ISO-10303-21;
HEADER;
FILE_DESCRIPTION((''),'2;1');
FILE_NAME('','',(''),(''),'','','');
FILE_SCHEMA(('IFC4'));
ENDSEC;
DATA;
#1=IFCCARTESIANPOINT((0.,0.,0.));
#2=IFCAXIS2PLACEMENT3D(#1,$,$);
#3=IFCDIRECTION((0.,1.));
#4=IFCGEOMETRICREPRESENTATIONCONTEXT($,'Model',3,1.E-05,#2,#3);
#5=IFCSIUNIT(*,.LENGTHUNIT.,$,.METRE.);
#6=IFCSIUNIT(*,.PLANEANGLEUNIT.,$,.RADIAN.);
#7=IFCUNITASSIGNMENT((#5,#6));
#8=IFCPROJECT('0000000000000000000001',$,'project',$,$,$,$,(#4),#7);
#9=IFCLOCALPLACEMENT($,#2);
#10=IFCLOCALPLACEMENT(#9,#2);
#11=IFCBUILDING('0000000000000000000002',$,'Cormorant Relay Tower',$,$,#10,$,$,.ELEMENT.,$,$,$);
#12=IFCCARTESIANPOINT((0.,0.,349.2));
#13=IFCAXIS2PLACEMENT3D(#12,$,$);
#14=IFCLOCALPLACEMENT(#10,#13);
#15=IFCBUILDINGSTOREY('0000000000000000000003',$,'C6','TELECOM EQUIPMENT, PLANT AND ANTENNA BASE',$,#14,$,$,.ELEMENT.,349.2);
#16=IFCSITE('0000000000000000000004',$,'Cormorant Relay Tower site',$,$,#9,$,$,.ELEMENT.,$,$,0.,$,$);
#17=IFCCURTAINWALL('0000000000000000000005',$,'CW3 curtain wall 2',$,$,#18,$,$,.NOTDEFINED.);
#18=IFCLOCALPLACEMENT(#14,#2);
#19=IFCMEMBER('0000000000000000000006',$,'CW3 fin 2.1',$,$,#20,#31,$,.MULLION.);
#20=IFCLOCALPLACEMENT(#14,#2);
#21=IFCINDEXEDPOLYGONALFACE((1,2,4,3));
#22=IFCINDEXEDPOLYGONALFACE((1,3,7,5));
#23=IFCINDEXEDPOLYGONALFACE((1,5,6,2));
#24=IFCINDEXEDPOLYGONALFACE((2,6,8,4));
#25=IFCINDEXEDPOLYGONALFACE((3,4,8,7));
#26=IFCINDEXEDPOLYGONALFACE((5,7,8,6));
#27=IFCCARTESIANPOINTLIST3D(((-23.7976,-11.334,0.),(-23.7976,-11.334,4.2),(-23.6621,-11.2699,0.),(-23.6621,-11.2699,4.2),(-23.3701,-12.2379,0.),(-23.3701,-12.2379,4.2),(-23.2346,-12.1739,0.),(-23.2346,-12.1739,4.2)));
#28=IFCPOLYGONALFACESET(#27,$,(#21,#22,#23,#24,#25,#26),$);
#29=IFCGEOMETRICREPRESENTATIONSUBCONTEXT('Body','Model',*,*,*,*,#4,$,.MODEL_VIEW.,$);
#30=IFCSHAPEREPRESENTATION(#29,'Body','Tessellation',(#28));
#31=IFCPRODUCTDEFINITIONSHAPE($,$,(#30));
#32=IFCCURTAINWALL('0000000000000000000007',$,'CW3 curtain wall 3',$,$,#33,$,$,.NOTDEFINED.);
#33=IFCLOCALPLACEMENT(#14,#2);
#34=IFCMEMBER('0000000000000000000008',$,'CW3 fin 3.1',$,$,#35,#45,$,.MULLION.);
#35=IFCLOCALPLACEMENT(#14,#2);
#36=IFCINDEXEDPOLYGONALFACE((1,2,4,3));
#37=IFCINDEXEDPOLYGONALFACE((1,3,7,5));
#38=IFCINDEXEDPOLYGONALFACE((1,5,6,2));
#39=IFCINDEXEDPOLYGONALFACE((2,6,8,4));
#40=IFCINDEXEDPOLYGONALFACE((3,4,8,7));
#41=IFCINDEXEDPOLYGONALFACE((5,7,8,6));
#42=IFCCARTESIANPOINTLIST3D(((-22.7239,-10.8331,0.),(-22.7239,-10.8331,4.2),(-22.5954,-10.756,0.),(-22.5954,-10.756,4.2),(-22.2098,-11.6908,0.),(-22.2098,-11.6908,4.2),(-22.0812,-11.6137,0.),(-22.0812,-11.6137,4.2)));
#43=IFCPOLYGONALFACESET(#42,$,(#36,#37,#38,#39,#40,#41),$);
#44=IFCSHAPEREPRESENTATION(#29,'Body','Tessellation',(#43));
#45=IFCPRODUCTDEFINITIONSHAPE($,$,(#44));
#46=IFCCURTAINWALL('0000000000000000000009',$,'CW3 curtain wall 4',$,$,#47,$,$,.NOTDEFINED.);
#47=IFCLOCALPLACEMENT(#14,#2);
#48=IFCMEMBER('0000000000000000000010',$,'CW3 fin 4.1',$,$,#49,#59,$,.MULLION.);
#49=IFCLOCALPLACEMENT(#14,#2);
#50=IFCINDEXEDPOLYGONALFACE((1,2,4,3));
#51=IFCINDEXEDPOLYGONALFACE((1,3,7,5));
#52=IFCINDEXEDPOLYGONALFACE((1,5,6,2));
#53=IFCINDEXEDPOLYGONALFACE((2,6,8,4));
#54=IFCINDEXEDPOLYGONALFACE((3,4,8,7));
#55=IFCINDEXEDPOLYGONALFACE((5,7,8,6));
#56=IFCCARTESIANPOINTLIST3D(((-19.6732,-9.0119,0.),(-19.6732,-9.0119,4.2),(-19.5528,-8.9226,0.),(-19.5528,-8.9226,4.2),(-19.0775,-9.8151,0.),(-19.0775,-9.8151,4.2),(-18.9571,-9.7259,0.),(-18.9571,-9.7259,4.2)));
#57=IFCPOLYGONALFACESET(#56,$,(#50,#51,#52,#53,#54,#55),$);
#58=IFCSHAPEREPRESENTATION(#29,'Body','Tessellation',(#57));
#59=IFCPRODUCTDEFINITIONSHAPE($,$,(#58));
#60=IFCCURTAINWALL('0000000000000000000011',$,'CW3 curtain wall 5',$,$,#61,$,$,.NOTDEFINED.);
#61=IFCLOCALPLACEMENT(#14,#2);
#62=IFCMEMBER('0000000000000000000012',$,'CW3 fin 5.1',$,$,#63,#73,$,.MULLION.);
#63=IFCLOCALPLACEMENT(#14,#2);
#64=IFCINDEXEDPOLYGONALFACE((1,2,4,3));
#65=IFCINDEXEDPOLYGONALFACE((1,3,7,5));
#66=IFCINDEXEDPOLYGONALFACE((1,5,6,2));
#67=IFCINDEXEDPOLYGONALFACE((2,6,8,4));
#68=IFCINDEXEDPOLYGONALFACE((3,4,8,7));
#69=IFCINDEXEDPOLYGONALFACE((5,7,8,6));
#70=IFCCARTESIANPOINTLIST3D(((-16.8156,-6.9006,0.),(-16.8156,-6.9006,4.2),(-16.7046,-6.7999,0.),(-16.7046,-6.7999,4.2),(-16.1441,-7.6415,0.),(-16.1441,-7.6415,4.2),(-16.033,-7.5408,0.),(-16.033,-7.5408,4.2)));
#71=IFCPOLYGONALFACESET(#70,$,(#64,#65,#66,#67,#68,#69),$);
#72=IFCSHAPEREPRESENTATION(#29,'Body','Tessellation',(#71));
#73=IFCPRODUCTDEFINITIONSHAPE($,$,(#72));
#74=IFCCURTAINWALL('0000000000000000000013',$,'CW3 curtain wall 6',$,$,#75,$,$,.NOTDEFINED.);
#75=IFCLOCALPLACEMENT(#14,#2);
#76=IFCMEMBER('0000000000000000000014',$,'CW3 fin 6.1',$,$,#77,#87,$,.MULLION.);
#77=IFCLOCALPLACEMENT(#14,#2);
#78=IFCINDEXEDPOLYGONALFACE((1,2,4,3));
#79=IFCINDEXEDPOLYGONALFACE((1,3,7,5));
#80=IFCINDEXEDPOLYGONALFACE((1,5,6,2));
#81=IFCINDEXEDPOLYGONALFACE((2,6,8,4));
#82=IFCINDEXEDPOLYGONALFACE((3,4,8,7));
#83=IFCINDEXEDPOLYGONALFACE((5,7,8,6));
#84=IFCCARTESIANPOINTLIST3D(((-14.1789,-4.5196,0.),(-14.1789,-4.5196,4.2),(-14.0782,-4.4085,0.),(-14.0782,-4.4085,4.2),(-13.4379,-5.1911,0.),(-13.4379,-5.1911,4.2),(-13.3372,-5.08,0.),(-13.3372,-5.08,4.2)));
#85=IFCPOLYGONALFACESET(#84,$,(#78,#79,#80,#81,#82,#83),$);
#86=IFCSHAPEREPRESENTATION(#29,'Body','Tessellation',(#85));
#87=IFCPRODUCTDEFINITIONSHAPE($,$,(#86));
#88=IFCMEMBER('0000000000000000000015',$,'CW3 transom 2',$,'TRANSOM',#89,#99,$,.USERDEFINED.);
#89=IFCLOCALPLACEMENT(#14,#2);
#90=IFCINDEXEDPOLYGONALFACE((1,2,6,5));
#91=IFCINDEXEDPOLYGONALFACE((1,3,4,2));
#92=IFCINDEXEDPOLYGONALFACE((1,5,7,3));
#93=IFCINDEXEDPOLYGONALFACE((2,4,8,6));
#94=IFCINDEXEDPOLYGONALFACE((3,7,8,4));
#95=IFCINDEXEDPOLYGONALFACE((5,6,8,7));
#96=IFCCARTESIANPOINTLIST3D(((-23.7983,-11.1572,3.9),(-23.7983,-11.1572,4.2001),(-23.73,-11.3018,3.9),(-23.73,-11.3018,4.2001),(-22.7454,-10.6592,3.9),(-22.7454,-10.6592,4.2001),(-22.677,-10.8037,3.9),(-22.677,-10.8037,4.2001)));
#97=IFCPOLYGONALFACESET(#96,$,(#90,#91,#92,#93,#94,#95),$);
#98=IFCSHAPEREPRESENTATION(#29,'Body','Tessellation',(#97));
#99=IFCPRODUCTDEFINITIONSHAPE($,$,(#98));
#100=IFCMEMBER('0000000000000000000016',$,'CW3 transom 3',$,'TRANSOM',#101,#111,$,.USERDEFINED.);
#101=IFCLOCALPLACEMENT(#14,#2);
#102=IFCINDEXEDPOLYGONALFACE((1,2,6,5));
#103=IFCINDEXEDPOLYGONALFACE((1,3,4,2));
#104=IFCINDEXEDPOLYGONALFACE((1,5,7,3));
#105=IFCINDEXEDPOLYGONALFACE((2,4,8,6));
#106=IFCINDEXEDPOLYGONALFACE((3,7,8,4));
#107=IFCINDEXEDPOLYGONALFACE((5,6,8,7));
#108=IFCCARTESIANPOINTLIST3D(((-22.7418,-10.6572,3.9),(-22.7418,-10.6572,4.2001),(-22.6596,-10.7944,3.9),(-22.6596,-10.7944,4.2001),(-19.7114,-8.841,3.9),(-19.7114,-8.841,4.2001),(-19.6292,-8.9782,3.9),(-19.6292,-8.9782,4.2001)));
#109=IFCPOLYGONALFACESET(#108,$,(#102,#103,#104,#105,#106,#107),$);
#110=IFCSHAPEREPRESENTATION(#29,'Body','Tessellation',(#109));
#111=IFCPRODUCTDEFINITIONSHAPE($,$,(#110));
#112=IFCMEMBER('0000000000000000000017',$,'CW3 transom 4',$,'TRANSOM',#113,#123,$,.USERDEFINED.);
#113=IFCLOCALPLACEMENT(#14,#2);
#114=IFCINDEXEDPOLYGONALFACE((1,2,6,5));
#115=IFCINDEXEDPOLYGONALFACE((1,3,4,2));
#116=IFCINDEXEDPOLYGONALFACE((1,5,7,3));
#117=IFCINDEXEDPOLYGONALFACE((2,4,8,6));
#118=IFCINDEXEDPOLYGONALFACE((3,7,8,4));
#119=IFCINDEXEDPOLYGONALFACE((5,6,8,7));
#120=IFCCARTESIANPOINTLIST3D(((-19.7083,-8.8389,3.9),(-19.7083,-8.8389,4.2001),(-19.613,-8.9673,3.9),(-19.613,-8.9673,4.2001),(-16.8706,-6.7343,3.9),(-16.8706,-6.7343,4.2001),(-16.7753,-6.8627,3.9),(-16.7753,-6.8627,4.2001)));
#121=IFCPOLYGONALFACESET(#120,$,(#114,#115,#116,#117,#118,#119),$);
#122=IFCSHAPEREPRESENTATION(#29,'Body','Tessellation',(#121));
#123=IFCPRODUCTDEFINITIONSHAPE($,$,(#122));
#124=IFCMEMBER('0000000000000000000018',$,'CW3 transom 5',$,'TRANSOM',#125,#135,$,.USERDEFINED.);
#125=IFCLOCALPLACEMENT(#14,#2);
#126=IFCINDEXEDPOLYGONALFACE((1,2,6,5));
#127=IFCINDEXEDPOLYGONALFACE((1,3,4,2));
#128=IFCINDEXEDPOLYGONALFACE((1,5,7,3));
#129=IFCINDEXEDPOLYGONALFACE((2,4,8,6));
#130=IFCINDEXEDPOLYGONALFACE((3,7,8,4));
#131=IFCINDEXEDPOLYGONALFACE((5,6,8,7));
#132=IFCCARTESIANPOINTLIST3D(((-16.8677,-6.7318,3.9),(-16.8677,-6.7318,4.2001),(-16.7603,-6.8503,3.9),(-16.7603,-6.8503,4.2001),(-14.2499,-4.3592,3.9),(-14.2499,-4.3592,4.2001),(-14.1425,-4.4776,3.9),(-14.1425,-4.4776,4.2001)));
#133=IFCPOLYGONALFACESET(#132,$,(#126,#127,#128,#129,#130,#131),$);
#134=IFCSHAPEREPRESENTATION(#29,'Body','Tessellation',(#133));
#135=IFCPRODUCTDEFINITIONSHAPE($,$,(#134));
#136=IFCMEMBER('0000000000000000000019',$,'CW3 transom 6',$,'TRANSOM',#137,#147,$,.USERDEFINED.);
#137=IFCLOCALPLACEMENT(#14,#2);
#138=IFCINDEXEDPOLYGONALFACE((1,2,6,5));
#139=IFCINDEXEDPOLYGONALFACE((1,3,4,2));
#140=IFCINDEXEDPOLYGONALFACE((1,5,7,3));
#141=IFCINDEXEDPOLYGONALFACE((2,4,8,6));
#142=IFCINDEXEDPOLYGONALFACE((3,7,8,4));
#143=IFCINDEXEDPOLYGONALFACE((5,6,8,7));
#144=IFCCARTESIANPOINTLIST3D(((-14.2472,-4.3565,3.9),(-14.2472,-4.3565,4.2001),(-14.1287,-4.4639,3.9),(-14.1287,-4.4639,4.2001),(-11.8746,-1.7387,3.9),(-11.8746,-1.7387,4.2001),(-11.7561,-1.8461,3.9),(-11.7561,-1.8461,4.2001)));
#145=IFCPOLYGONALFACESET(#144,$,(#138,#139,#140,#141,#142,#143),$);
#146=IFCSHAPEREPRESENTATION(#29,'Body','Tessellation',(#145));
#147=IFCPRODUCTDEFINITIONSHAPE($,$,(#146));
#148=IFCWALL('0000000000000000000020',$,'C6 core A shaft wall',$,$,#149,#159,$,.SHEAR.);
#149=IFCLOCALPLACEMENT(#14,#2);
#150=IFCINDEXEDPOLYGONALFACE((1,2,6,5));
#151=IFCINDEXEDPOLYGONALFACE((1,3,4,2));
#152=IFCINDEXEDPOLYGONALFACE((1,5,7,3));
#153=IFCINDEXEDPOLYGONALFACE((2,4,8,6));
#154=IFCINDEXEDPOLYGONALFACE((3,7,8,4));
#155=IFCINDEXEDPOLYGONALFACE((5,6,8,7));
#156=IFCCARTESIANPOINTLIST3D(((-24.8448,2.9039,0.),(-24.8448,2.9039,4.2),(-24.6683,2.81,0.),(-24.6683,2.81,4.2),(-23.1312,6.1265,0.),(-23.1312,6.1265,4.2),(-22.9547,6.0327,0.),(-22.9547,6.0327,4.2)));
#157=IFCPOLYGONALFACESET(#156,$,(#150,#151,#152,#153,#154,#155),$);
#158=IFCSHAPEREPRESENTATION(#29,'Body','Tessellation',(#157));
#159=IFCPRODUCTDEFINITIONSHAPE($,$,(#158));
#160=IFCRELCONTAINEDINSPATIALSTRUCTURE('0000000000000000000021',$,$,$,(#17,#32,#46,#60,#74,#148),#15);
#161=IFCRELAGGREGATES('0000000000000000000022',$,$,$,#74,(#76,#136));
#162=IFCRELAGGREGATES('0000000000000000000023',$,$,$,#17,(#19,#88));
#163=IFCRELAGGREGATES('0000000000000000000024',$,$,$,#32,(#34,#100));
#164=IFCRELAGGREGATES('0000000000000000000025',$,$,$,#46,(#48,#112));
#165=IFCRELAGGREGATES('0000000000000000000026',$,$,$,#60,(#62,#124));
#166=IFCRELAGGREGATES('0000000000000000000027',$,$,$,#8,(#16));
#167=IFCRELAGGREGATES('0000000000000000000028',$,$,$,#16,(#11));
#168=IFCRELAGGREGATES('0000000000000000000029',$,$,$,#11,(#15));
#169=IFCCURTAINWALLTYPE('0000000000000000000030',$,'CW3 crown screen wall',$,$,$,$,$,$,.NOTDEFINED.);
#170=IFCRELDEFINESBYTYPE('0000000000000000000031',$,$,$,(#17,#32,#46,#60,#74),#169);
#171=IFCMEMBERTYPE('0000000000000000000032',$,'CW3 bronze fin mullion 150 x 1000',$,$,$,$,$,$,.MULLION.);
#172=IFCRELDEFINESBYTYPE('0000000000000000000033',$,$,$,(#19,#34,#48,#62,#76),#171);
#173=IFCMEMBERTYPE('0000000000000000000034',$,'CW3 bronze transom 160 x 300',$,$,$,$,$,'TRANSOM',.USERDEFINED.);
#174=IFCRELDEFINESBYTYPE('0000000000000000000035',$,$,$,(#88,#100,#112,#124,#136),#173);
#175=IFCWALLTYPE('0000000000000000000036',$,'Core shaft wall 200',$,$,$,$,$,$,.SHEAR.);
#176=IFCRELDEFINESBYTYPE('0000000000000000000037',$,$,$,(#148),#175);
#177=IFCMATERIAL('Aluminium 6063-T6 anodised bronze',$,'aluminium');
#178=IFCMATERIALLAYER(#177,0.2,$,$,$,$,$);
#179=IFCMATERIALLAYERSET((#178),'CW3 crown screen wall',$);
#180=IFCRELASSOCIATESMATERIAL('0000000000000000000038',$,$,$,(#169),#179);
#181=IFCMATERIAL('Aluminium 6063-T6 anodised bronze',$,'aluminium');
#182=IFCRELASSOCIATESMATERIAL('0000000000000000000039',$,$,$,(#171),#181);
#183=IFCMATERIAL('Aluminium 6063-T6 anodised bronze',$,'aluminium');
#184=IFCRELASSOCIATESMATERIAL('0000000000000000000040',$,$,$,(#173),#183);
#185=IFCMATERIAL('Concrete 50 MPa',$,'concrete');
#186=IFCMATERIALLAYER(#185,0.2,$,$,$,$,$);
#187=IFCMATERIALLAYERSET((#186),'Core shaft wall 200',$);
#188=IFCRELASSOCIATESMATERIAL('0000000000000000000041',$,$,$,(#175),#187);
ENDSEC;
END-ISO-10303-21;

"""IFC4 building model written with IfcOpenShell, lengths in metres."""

from ifc_helpers import new_model, si_unit, direction, frame, frame_2d, origin, origin_2d, place, context, subcontext, project, spatial, rectangle, extrude, material, layer, layer_set, material_profile, profile_set, type_object, element, aggregate, save


model = new_model("IFC4")

# Units and contexts
model_context = context("Model", 3, precision=1e-05, world=origin(), true_north=direction((0.0, 1.0)))
body_context = subcontext(model_context, "Body", "Model", "MODEL_VIEW")
ifc_project = project(units=[si_unit("LENGTHUNIT", "METRE"), si_unit("PLANEANGLEUNIT", "RADIAN")], contexts=[model_context])

# Site, building, storey
site_placement = place(None, origin())
site = spatial("IfcSite", under=ifc_project, at=site_placement, Name="Cormorant Relay Tower site", CompositionType="ELEMENT", RefElevation=0.0)
building_placement = place(site_placement, origin())
building = spatial("IfcBuilding", under=site, at=building_placement, Name="Cormorant Relay Tower", CompositionType="ELEMENT")
storey_placement = place(building_placement, frame((0.0, 0.0, 349.2)))
storey = spatial("IfcBuildingStorey", under=building, at=storey_placement, Name="C6", Description="TELECOM EQUIPMENT, PLANT AND ANTENNA BASE", CompositionType="ELEMENT", Elevation=349.2)

# Curtain walls, members
ifc_material_1 = material(Name="Aluminium 6063-T6 anodised bronze", Category="aluminium")
ifc_layer_1 = layer(ifc_material_1, 0.2)
ifc_layer_set_1 = layer_set([ifc_layer_1], Name="CW3 crown screen wall")
curtain_wall_type = type_object("IfcCurtainWallType", Name="CW3 crown screen wall", PredefinedType="NOTDEFINED", material=ifc_layer_set_1)
curtain_wall_1_placement = place(storey_placement, origin())
curtain_wall_1 = element("IfcCurtainWall", 1, at=curtain_wall_1_placement, inside=storey, type_object=curtain_wall_type, Name="CW3 curtain wall 2", PredefinedType="NOTDEFINED")
ifc_material_2 = material(Name="Aluminium 6063-T6 anodised bronze", Category="aluminium")
ifc_material_profile_1 = material_profile(ifc_material_2, rectangle(XDim=0.1499, YDim=1.0, at=origin_2d()), Name="AL 150x1000")
ifc_profile_set_1 = profile_set([ifc_material_profile_1], Name="Aluminium 6063-T6 anodised bronze")
member_type_1 = type_object("IfcMemberType", Name="CW3 bronze fin mullion 150 x 1000", PredefinedType="MULLION", material=ifc_profile_set_1)
member_1_placement = place(storey_placement, frame((-23.5161, -11.7539, 0.0), z_axis=(0.0, 0.0, 1.0), x_axis=(0.903989, 0.427555, 0.0)))
member_1 = element("IfcMember", 2, at=member_1_placement, type_object=member_type_1, Name="CW3 fin 2.1", PredefinedType="MULLION", context=body_context, shape_type="SweptSolid", body=[
    extrude(rectangle(XDim=0.1499, YDim=1.0, at=origin_2d()), origin(), (0.0, 0.0, 1.0), 4.2),
])
curtain_wall_2_placement = place(storey_placement, origin())
curtain_wall_2 = element("IfcCurtainWall", 3, at=curtain_wall_2_placement, inside=storey, type_object=curtain_wall_type, Name="CW3 curtain wall 3", PredefinedType="NOTDEFINED")
member_2_placement = place(storey_placement, frame((-22.4026, -11.2234, 0.0), z_axis=(0.0, 0.0, 1.0), x_axis=(0.857729, 0.514103, 0.0)))
member_2 = element("IfcMember", 4, at=member_2_placement, type_object=member_type_1, Name="CW3 fin 3.1", PredefinedType="MULLION", context=body_context, shape_type="SweptSolid", body=[
    extrude(rectangle(XDim=0.1499, YDim=1.0, at=origin_2d()), origin(), (0.0, 0.0, 1.0), 4.2),
])
curtain_wall_3_placement = place(storey_placement, origin())
curtain_wall_3 = element("IfcCurtainWall", 5, at=curtain_wall_3_placement, inside=storey, type_object=curtain_wall_type, Name="CW3 curtain wall 4", PredefinedType="NOTDEFINED")
member_3_placement = place(storey_placement, frame((-19.3152, -9.3689, 0.0), z_axis=(0.0, 0.0, 1.0), x_axis=(0.803208, 0.595699, 0.0)))
member_3 = element("IfcMember", 6, at=member_3_placement, type_object=member_type_1, Name="CW3 fin 4.1", PredefinedType="MULLION", context=body_context, shape_type="SweptSolid", body=[
    extrude(rectangle(XDim=0.1499, YDim=1.0, at=origin_2d()), origin(), (0.0, 0.0, 1.0), 4.2),
])
curtain_wall_4_placement = place(storey_placement, origin())
curtain_wall_4 = element("IfcCurtainWall", 7, at=curtain_wall_4_placement, inside=storey, type_object=curtain_wall_type, Name="CW3 curtain wall 5", PredefinedType="NOTDEFINED")
member_4_placement = place(storey_placement, frame((-16.4243, -7.2207, 0.0), z_axis=(0.0, 0.0, 1.0), x_axis=(0.740951, 0.671559, 0.0)))
member_4 = element("IfcMember", 8, at=member_4_placement, type_object=member_type_1, Name="CW3 fin 5.1", PredefinedType="MULLION", context=body_context, shape_type="SweptSolid", body=[
    extrude(rectangle(XDim=0.1499, YDim=1.0, at=origin_2d()), origin(), (0.0, 0.0, 1.0), 4.2),
])
curtain_wall_5_placement = place(storey_placement, origin())
curtain_wall_5 = element("IfcCurtainWall", 9, at=curtain_wall_5_placement, inside=storey, type_object=curtain_wall_type, Name="CW3 curtain wall 6", PredefinedType="NOTDEFINED")
member_5_placement = place(storey_placement, frame((-13.7581, -4.7998, 0.0), z_axis=(0.0, 0.0, 1.0), x_axis=(0.671559, 0.740951, 0.0)))
member_5 = element("IfcMember", 10, at=member_5_placement, type_object=member_type_1, Name="CW3 fin 6.1", PredefinedType="MULLION", context=body_context, shape_type="SweptSolid", body=[
    extrude(rectangle(XDim=0.1499, YDim=1.0, at=origin_2d()), origin(), (0.0, 0.0, 1.0), 4.2),
])

# Members
ifc_material_3 = material(Name="Aluminium 6063-T6 anodised bronze", Category="aluminium")
ifc_material_profile_2 = material_profile(ifc_material_3, rectangle(XDim=0.1599, YDim=0.3, at=origin_2d()), Name="AL 160x300")
ifc_profile_set_2 = profile_set([ifc_material_profile_2], Name="Aluminium 6063-T6 anodised bronze")
member_type_2 = type_object("IfcMemberType", Name="CW3 bronze transom 160 x 300", ElementType="TRANSOM", PredefinedType="USERDEFINED", material=ifc_profile_set_2)
member_6_placement = place(storey_placement, frame((-23.7642, -11.2295, 4.05), z_axis=(0.903981, 0.427573, 0.0), x_axis=(-0.427573, 0.903981, 0.0)))
member_6 = element("IfcMember", 11, at=member_6_placement, type_object=member_type_2, Name="CW3 transom 2", ObjectType="TRANSOM", PredefinedType="USERDEFINED", context=body_context, shape_type="SweptSolid", body=[
    extrude(rectangle(XDim=0.1599, YDim=0.3, at=origin_2d()), origin(), (0.0, 0.0, 1.0), 1.1648),
])
member_7_placement = place(storey_placement, frame((-22.7007, -10.7258, 4.05), z_axis=(0.857743, 0.514079, 0.0), x_axis=(-0.514079, 0.857743, 0.0)))
member_7 = element("IfcMember", 12, at=member_7_placement, type_object=member_type_2, Name="CW3 transom 3", ObjectType="TRANSOM", PredefinedType="USERDEFINED", context=body_context, shape_type="SweptSolid", body=[
    extrude(rectangle(XDim=0.1599, YDim=0.3, at=origin_2d()), origin(), (0.0, 0.0, 1.0), 3.533),
])
member_8_placement = place(storey_placement, frame((-19.6606, -8.9031, 4.05), z_axis=(0.803214, 0.59569, 0.0), x_axis=(-0.59569, 0.803214, 0.0)))
member_8 = element("IfcMember", 13, at=member_8_placement, type_object=member_type_2, Name="CW3 transom 4", ObjectType="TRANSOM", PredefinedType="USERDEFINED", context=body_context, shape_type="SweptSolid", body=[
    extrude(rectangle(XDim=0.1599, YDim=0.3, at=origin_2d()), origin(), (0.0, 0.0, 1.0), 3.533),
])
member_9_placement = place(storey_placement, frame((-16.814, -6.791, 4.05), z_axis=(0.740946, 0.671564, 0.0), x_axis=(-0.671564, 0.740946, 0.0)))
member_9 = element("IfcMember", 14, at=member_9_placement, type_object=member_type_2, Name="CW3 transom 5", ObjectType="TRANSOM", PredefinedType="USERDEFINED", context=body_context, shape_type="SweptSolid", body=[
    extrude(rectangle(XDim=0.1599, YDim=0.3, at=origin_2d()), origin(), (0.0, 0.0, 1.0), 3.533),
])
member_10_placement = place(storey_placement, frame((-14.188, -4.4102, 4.05), z_axis=(0.671564, 0.740946, 0.0), x_axis=(-0.740946, 0.671564, 0.0)))
member_10 = element("IfcMember", 15, at=member_10_placement, type_object=member_type_2, Name="CW3 transom 6", ObjectType="TRANSOM", PredefinedType="USERDEFINED", context=body_context, shape_type="SweptSolid", body=[
    extrude(rectangle(XDim=0.1599, YDim=0.3, at=origin_2d()), origin(), (0.0, 0.0, 1.0), 3.533),
])
aggregate(curtain_wall_5, [member_5, member_10])

# Wall
ifc_material_4 = material(Name="Concrete 50 MPa", Category="concrete")
ifc_layer_2 = layer(ifc_material_4, 0.2)
ifc_layer_set_2 = layer_set([ifc_layer_2], Name="Core shaft wall 200")
wall_type_1 = type_object("IfcWallType", Name="Core shaft wall 200", PredefinedType="SHEAR", material=ifc_layer_set_2)
wall_1_placement = place(storey_placement, frame((-23.043, 6.0796, 0.0), z_axis=(0.0, 0.0, 1.0), x_axis=(-0.469494, -0.882936, 0.0)))
element("IfcWall", 16, at=wall_1_placement, inside=storey, type_object=wall_type_1, Name="C6 core A shaft wall", PredefinedType="SHEAR", context=body_context, shape_type="SweptSolid", body=[
    extrude(rectangle(XDim=3.6499, YDim=0.2, at=frame_2d((1.825, 0.0))), origin(), (0.0, 0.0, 1.0), 4.2),
])

aggregate(curtain_wall_1, [member_1, member_6])
aggregate(curtain_wall_2, [member_2, member_7])
aggregate(curtain_wall_3, [member_3, member_8])
aggregate(curtain_wall_4, [member_4, member_9])

save(model, "model.ifc")
